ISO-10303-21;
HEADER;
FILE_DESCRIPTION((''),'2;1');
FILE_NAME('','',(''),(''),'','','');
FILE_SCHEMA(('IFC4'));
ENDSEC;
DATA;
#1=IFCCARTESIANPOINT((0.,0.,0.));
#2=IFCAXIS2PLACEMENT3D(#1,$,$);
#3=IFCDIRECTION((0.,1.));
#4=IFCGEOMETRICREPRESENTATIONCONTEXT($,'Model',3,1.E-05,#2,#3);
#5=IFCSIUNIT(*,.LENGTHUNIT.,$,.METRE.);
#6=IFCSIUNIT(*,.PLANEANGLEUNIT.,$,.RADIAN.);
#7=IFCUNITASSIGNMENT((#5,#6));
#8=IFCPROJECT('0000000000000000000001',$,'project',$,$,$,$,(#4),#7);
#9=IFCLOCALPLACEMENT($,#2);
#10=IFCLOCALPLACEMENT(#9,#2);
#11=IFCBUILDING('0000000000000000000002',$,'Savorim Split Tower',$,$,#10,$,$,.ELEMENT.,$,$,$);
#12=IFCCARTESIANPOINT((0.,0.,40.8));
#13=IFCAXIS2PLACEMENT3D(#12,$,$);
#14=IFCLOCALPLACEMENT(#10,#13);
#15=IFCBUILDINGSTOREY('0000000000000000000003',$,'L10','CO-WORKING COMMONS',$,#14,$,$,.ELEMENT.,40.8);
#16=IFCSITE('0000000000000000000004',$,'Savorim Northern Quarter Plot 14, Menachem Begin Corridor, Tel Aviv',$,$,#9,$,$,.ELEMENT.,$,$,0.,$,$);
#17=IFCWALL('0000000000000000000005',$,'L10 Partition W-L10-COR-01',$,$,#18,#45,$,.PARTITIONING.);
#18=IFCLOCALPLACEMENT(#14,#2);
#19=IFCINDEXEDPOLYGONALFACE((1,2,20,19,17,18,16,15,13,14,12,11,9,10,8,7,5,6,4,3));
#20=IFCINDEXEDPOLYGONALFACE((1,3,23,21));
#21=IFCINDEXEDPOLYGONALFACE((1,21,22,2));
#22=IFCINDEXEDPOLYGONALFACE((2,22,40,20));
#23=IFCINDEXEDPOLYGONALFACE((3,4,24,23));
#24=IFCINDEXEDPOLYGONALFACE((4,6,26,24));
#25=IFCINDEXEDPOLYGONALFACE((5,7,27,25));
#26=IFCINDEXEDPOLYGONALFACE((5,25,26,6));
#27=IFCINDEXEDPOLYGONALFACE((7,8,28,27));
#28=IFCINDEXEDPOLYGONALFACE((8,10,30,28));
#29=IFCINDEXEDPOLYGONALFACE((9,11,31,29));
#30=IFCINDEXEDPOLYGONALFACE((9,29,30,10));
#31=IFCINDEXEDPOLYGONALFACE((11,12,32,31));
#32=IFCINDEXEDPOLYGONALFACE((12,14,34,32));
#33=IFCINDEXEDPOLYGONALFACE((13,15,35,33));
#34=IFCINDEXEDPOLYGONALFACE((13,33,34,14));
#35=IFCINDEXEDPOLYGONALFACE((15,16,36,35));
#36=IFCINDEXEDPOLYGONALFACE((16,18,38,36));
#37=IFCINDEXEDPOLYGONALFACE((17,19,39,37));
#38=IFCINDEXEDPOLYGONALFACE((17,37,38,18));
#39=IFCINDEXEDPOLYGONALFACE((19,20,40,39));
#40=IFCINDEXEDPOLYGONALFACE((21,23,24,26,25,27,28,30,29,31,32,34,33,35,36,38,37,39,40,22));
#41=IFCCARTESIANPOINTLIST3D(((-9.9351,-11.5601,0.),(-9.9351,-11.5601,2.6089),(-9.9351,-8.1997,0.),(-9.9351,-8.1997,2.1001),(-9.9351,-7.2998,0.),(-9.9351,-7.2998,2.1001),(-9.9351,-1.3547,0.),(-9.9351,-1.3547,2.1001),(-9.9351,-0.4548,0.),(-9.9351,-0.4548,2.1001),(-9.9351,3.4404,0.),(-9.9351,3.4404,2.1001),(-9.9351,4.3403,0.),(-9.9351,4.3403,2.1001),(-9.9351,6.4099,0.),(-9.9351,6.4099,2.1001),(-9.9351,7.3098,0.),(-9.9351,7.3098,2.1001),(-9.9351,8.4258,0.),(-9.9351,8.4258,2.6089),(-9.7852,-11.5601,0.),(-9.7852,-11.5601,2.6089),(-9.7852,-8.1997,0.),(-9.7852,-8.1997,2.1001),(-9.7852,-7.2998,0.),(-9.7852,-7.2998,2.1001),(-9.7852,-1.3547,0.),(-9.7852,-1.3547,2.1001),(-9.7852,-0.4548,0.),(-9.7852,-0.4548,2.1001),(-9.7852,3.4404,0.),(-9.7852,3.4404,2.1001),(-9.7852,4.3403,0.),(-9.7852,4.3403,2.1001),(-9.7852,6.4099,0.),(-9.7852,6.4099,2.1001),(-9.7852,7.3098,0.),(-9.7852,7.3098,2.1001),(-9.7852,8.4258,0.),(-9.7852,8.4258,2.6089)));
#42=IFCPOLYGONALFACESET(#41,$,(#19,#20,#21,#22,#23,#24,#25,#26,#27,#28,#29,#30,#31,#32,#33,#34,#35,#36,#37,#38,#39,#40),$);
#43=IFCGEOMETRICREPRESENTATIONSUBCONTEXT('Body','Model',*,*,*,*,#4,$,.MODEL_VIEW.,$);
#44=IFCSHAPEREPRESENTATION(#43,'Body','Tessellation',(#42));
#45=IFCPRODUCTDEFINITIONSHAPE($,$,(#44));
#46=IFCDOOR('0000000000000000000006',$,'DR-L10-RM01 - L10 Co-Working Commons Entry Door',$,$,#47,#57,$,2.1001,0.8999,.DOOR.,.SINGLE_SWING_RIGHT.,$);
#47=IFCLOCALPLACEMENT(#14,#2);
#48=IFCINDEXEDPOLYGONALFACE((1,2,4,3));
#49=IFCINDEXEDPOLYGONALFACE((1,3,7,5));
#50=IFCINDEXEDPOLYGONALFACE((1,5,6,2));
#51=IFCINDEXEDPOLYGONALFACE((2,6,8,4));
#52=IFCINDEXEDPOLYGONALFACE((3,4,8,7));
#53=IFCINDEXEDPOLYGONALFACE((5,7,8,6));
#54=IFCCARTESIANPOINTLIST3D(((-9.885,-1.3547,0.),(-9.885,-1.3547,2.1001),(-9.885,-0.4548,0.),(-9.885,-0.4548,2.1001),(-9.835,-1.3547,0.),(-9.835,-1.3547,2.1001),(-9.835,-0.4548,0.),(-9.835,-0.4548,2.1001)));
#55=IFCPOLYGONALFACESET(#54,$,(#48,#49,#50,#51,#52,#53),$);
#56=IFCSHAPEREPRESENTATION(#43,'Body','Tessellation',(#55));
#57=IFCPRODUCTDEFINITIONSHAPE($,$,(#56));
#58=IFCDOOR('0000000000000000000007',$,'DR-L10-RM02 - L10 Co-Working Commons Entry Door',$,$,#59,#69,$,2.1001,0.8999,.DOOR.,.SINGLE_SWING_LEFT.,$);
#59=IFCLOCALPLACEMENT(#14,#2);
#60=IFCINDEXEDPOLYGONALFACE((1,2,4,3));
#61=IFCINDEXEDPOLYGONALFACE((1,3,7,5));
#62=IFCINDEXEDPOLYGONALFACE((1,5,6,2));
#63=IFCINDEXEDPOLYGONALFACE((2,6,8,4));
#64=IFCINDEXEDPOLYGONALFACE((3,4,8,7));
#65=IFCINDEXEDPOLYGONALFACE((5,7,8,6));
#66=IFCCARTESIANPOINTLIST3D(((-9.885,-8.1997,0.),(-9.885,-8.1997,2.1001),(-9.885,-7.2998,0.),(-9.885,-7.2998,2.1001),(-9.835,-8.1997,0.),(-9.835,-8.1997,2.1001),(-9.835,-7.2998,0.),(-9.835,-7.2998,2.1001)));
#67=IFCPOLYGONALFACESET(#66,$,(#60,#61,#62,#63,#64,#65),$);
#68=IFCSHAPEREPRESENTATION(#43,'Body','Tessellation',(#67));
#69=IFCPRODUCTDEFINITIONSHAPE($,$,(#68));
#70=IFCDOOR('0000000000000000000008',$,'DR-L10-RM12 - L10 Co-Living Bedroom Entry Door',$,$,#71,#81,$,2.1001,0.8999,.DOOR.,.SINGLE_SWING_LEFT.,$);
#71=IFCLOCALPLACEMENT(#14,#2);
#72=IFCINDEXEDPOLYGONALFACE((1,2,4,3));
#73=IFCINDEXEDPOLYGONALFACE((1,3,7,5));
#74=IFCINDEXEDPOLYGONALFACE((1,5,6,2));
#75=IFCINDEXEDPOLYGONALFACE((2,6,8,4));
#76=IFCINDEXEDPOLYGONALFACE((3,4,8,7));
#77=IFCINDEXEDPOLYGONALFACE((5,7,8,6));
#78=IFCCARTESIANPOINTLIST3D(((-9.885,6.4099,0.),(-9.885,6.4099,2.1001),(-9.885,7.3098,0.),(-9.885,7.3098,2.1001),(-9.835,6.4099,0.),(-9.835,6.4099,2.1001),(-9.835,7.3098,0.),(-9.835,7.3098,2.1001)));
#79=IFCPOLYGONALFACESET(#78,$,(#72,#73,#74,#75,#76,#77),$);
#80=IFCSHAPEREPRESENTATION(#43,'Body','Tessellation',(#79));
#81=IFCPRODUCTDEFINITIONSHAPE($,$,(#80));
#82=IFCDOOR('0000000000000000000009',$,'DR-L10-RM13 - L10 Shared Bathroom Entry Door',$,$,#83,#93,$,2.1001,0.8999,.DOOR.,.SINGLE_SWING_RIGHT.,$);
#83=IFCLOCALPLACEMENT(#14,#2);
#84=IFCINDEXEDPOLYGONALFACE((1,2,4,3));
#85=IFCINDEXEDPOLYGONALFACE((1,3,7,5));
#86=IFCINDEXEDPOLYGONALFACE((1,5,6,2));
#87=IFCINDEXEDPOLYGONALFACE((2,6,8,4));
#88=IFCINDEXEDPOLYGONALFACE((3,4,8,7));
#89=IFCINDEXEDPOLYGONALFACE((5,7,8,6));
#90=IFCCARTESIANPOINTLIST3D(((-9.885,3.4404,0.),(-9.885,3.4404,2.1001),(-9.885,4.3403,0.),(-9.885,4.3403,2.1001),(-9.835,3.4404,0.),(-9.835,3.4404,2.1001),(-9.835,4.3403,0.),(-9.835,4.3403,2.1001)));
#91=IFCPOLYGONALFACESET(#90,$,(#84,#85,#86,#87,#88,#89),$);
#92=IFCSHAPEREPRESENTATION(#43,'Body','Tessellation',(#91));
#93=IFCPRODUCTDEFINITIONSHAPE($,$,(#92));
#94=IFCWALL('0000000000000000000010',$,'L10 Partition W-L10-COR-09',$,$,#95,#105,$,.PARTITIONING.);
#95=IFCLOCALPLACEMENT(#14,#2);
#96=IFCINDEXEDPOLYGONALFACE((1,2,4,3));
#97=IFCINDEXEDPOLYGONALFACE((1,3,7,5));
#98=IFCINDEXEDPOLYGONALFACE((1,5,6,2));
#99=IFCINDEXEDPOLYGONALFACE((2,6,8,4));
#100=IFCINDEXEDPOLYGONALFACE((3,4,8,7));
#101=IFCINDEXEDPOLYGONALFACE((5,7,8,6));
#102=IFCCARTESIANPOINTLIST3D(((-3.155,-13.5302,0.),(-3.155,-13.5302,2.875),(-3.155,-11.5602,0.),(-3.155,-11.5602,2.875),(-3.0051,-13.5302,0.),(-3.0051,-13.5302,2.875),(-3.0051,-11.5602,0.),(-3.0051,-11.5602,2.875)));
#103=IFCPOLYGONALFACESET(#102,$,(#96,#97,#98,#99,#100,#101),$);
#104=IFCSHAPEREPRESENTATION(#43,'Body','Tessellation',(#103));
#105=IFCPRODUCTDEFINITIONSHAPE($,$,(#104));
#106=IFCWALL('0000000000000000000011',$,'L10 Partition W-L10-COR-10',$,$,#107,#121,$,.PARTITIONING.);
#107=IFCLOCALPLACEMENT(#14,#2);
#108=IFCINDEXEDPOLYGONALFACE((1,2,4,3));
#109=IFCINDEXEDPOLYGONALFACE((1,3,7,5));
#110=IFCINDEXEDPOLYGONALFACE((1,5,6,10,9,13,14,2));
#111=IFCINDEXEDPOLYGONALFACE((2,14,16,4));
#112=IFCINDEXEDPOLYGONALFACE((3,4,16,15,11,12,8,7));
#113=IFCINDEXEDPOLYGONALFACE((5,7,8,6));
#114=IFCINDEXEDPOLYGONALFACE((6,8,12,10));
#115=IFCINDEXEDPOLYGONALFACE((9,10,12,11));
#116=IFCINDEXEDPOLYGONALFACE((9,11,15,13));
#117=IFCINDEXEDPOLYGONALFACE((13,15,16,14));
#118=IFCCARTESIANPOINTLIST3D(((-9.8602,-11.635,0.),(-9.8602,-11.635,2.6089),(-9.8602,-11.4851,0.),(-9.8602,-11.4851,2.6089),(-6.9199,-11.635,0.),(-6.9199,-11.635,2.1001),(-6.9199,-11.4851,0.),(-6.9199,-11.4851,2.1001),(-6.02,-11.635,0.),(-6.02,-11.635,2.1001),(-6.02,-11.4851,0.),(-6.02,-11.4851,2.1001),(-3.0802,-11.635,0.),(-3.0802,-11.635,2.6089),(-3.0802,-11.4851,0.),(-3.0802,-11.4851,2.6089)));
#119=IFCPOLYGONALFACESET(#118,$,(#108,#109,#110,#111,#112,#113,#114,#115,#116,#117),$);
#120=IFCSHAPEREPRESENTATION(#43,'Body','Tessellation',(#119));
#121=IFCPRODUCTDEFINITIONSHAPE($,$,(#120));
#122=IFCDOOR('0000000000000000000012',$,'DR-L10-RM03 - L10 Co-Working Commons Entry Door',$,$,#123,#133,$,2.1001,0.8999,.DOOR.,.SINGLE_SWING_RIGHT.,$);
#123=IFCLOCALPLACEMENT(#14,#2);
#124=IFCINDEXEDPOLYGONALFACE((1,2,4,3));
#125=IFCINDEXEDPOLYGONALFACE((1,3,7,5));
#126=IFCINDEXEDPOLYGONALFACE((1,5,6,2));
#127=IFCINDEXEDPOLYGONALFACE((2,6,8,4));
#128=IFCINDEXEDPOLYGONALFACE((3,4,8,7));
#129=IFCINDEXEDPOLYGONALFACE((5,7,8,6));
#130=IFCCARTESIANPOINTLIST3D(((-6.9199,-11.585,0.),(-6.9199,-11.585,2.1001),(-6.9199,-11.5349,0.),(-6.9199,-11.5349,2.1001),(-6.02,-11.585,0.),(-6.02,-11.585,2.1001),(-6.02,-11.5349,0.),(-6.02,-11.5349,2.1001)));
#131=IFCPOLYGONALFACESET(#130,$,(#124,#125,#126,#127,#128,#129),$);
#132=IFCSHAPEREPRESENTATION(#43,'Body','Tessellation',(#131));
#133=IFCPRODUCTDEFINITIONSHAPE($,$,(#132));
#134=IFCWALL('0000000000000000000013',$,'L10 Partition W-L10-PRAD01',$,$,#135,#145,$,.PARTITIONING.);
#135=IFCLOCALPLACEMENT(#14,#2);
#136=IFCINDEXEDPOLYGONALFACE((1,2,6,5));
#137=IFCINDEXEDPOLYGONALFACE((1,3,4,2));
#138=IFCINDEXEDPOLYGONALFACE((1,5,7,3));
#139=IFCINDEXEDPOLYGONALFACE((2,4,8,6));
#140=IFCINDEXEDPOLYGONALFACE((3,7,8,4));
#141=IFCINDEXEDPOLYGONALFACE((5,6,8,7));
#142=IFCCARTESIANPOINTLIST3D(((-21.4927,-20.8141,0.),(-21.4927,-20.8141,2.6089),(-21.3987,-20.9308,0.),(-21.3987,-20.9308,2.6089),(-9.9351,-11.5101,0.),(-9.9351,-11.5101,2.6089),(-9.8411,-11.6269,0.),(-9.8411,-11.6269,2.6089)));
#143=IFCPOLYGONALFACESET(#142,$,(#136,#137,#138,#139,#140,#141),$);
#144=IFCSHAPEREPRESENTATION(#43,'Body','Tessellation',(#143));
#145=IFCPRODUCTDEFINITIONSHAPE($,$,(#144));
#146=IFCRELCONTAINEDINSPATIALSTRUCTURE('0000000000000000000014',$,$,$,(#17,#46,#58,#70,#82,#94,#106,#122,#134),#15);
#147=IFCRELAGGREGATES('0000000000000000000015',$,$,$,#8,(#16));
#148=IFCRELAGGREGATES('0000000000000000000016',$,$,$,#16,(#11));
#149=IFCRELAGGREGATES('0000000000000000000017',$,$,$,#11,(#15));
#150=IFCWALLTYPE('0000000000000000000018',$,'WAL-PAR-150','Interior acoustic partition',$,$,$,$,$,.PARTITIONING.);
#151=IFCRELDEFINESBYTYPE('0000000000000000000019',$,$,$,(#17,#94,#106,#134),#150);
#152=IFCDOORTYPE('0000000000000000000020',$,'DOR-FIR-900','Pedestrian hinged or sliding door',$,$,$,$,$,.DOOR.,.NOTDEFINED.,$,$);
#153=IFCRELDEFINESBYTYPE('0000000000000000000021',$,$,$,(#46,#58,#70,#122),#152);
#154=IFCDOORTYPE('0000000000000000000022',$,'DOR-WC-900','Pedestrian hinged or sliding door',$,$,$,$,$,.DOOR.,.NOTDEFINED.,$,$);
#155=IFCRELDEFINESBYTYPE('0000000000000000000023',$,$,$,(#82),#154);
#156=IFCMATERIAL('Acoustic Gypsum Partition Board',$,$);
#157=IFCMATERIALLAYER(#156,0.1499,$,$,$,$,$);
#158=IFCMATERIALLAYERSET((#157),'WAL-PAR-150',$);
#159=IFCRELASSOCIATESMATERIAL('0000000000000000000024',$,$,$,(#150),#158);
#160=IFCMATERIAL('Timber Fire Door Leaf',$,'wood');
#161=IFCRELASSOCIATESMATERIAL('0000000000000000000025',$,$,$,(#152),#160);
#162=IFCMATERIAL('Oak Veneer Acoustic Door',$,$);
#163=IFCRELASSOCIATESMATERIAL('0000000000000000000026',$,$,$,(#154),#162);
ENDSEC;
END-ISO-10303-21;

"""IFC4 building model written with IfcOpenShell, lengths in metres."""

from ifc_helpers import new_model, si_unit, direction, frame, frame_2d, origin, place, context, subcontext, project, spatial, rectangle, extrude, material, layer, layer_set, type_object, element, fill, save


model = new_model("IFC4")

# Units and contexts
model_context = context("Model", 3, precision=1e-05, world=origin(), true_north=direction((0.0, 1.0)))
body_context = subcontext(model_context, "Body", "Model", "MODEL_VIEW")
ifc_project = project(units=[si_unit("LENGTHUNIT", "METRE"), si_unit("PLANEANGLEUNIT", "RADIAN")], contexts=[model_context])

# Site, building, storey
site_placement = place(None, origin())
site = spatial("IfcSite", under=ifc_project, at=site_placement, Name="Savorim Northern Quarter Plot 14, Menachem Begin Corridor, Tel Aviv", CompositionType="ELEMENT", RefElevation=0.0)
building_placement = place(site_placement, origin())
building = spatial("IfcBuilding", under=site, at=building_placement, Name="Savorim Split Tower", CompositionType="ELEMENT")
storey_placement = place(building_placement, frame((0.0, 0.0, 40.8)))
storey = spatial("IfcBuildingStorey", under=building, at=storey_placement, Name="L10", Description="CO-WORKING COMMONS", CompositionType="ELEMENT", Elevation=40.8)

# Shared definitions
ifc_material_1 = material(Name="Timber Fire Door Leaf", Category="wood")

# Shared definitions
ifc_material_2 = material(Name="Acoustic Gypsum Partition Board")
ifc_layer_1 = layer(ifc_material_2, 0.1499)
ifc_layer_set_1 = layer_set([ifc_layer_1], Name="WAL-PAR-150")
wall_type_1 = type_object("IfcWallType", Name="WAL-PAR-150", Description="Interior acoustic partition", PredefinedType="PARTITIONING", material=ifc_layer_set_1)
door_type_1 = type_object("IfcDoorType", Name="DOR-FIR-900", Description="Pedestrian hinged or sliding door", OperationType="NOTDEFINED", PredefinedType="DOOR", material=ifc_material_1)
ifc_material_3 = material(Name="Oak Veneer Acoustic Door")
door_type_2 = type_object("IfcDoorType", Name="DOR-WC-900", Description="Pedestrian hinged or sliding door", OperationType="NOTDEFINED", PredefinedType="DOOR", material=ifc_material_3)

# Wall, openings, doors
wall_1_placement = place(storey_placement, frame((-9.8601, -11.5601, 0.0), z_axis=(0.0, 0.0, 1.0), x_axis=(0.0, 1.0, 0.0)))
wall_1 = element("IfcWall", 1, at=wall_1_placement, inside=storey, type_object=wall_type_1, Name="L10 Partition W-L10-COR-01", PredefinedType="PARTITIONING", context=body_context, shape_type="SweptSolid", body=[
    extrude(rectangle(XDim=19.9858, YDim=0.1499, at=frame_2d((9.9929, 0.0))), origin(), (0.0, 0.0, 1.0), 2.6089),
])
opening_1_placement = place(wall_1_placement, frame((10.2053, 0.0, 0.0)))
opening_1 = element("IfcOpeningElement", 2, at=opening_1_placement, cuts=wall_1, PredefinedType="OPENING", context=body_context, shape_type="SweptSolid", body=[
    extrude(rectangle(XDim=0.8999, YDim=2.1001, at=frame_2d((0.45, 1.05))), frame((0.0, 0.085, 0.0), z_axis=(0.0, -1.0, 0.0), x_axis=(1.0, 0.0, 0.0)), (0.0, 0.0, 1.0), 0.1699),
])
opening_2_placement = place(wall_1_placement, frame((3.3604, 0.0, 0.0)))
opening_2 = element("IfcOpeningElement", 3, at=opening_2_placement, cuts=wall_1, PredefinedType="OPENING", context=body_context, shape_type="SweptSolid", body=[
    extrude(rectangle(XDim=0.8999, YDim=2.1001, at=frame_2d((0.45, 1.05))), frame((0.0, 0.085, 0.0), z_axis=(0.0, -1.0, 0.0), x_axis=(1.0, 0.0, 0.0)), (0.0, 0.0, 1.0), 0.1699),
])
opening_3_placement = place(wall_1_placement, frame((17.97, 0.0, 0.0)))
opening_3 = element("IfcOpeningElement", 4, at=opening_3_placement, cuts=wall_1, PredefinedType="OPENING", context=body_context, shape_type="SweptSolid", body=[
    extrude(rectangle(XDim=0.8999, YDim=2.1001, at=frame_2d((0.45, 1.05))), frame((0.0, 0.085, 0.0), z_axis=(0.0, -1.0, 0.0), x_axis=(1.0, 0.0, 0.0)), (0.0, 0.0, 1.0), 0.1699),
])
opening_4_placement = place(wall_1_placement, frame((15.0005, 0.0, 0.0)))
opening_4 = element("IfcOpeningElement", 5, at=opening_4_placement, cuts=wall_1, PredefinedType="OPENING", context=body_context, shape_type="SweptSolid", body=[
    extrude(rectangle(XDim=0.8999, YDim=2.1001, at=frame_2d((0.45, 1.05))), frame((0.0, 0.085, 0.0), z_axis=(0.0, -1.0, 0.0), x_axis=(1.0, 0.0, 0.0)), (0.0, 0.0, 1.0), 0.1699),
])
door_1_placement = place(opening_1_placement, origin())
door_1 = element("IfcDoor", 6, at=door_1_placement, inside=storey, type_object=door_type_1, Name="DR-L10-RM01 - L10 Co-Working Commons Entry Door", OperationType="SINGLE_SWING_RIGHT", OverallHeight=2.1001, OverallWidth=0.8999, PredefinedType="DOOR", context=body_context, shape_type="SweptSolid", body=[
    extrude(rectangle(XDim=0.8999, YDim=2.1001, at=frame_2d((0.45, 1.05))), frame((0.0, 0.0249, 0.0), z_axis=(0.0, -1.0, 0.0), x_axis=(1.0, 0.0, 0.0)), (0.0, 0.0, 1.0), 0.05),
])
fill(opening_1, door_1)
door_2_placement = place(opening_2_placement, origin())
door_2 = element("IfcDoor", 7, at=door_2_placement, inside=storey, type_object=door_type_1, Name="DR-L10-RM02 - L10 Co-Working Commons Entry Door", OperationType="SINGLE_SWING_LEFT", OverallHeight=2.1001, OverallWidth=0.8999, PredefinedType="DOOR", context=body_context, shape_type="SweptSolid", body=[
    extrude(rectangle(XDim=0.8999, YDim=2.1001, at=frame_2d((0.45, 1.05))), frame((0.0, 0.0249, 0.0), z_axis=(0.0, -1.0, 0.0), x_axis=(1.0, 0.0, 0.0)), (0.0, 0.0, 1.0), 0.05),
])
fill(opening_2, door_2)
door_3_placement = place(opening_3_placement, origin())
door_3 = element("IfcDoor", 8, at=door_3_placement, inside=storey, type_object=door_type_1, Name="DR-L10-RM12 - L10 Co-Living Bedroom Entry Door", OperationType="SINGLE_SWING_LEFT", OverallHeight=2.1001, OverallWidth=0.8999, PredefinedType="DOOR", context=body_context, shape_type="SweptSolid", body=[
    extrude(rectangle(XDim=0.8999, YDim=2.1001, at=frame_2d((0.45, 1.05))), frame((0.0, 0.0249, 0.0), z_axis=(0.0, -1.0, 0.0), x_axis=(1.0, 0.0, 0.0)), (0.0, 0.0, 1.0), 0.05),
])
fill(opening_3, door_3)
door_4_placement = place(opening_4_placement, origin())
door_4 = element("IfcDoor", 9, at=door_4_placement, inside=storey, type_object=door_type_2, Name="DR-L10-RM13 - L10 Shared Bathroom Entry Door", OperationType="SINGLE_SWING_RIGHT", OverallHeight=2.1001, OverallWidth=0.8999, PredefinedType="DOOR", context=body_context, shape_type="SweptSolid", body=[
    extrude(rectangle(XDim=0.8999, YDim=2.1001, at=frame_2d((0.45, 1.05))), frame((0.0, 0.0249, 0.0), z_axis=(0.0, -1.0, 0.0), x_axis=(1.0, 0.0, 0.0)), (0.0, 0.0, 1.0), 0.05),
])
fill(opening_4, door_4)

# Wall
wall_2_placement = place(storey_placement, frame((-3.0801, -13.53, 0.0), z_axis=(0.0, 0.0, 1.0), x_axis=(0.0, 1.0, 0.0)))
element("IfcWall", 10, at=wall_2_placement, inside=storey, type_object=wall_type_1, Name="L10 Partition W-L10-COR-09", PredefinedType="PARTITIONING", context=body_context, shape_type="SweptSolid", body=[
    extrude(rectangle(XDim=1.97, YDim=0.1499, at=frame_2d((0.9849, 0.0))), origin(), (0.0, 0.0, 1.0), 2.875),
])

# Wall, opening, door
wall_3_placement = place(storey_placement, frame((-3.0801, -11.5601, 0.0), z_axis=(0.0, 0.0, 1.0), x_axis=(-1.0, 0.0, 0.0)))
wall_3 = element("IfcWall", 11, at=wall_3_placement, inside=storey, type_object=wall_type_1, Name="L10 Partition W-L10-COR-10", PredefinedType="PARTITIONING", context=body_context, shape_type="SweptSolid", body=[
    extrude(rectangle(XDim=6.78, YDim=0.1499, at=frame_2d((3.3901, 0.0))), origin(), (0.0, 0.0, 1.0), 2.6089),
])
opening_5_placement = place(wall_3_placement, frame((2.9399, 0.0, 0.0)))
opening_5 = element("IfcOpeningElement", 12, at=opening_5_placement, cuts=wall_3, PredefinedType="OPENING", context=body_context, shape_type="SweptSolid", body=[
    extrude(rectangle(XDim=0.8999, YDim=2.1001, at=frame_2d((0.45, 1.05))), frame((0.0, 0.085, 0.0), z_axis=(0.0, -1.0, 0.0), x_axis=(1.0, 0.0, 0.0)), (0.0, 0.0, 1.0), 0.1699),
])
door_5_placement = place(opening_5_placement, origin())
door_5 = element("IfcDoor", 13, at=door_5_placement, inside=storey, type_object=door_type_1, Name="DR-L10-RM03 - L10 Co-Working Commons Entry Door", OperationType="SINGLE_SWING_RIGHT", OverallHeight=2.1001, OverallWidth=0.8999, PredefinedType="DOOR", context=body_context, shape_type="SweptSolid", body=[
    extrude(rectangle(XDim=0.8999, YDim=2.1001, at=frame_2d((0.45, 1.05))), frame((0.0, 0.0249, 0.0), z_axis=(0.0, -1.0, 0.0), x_axis=(1.0, 0.0, 0.0)), (0.0, 0.0, 1.0), 0.05),
])
fill(opening_5, door_5)

# Wall
wall_4_placement = place(storey_placement, frame((-9.8882, -11.5686, 0.0), z_axis=(0.0, 0.0, 1.0), x_axis=(-0.778963, -0.62707, 0.0)))
element("IfcWall", 14, at=wall_4_placement, inside=storey, type_object=wall_type_1, Name="L10 Partition W-L10-PRAD01", PredefinedType="PARTITIONING", context=body_context, shape_type="SweptSolid", body=[
    extrude(rectangle(XDim=14.8372, YDim=0.1499, at=frame_2d((7.4185, 0.0))), origin(), (0.0, 0.0, 1.0), 2.6089),
])

save(model, "model.ifc")
